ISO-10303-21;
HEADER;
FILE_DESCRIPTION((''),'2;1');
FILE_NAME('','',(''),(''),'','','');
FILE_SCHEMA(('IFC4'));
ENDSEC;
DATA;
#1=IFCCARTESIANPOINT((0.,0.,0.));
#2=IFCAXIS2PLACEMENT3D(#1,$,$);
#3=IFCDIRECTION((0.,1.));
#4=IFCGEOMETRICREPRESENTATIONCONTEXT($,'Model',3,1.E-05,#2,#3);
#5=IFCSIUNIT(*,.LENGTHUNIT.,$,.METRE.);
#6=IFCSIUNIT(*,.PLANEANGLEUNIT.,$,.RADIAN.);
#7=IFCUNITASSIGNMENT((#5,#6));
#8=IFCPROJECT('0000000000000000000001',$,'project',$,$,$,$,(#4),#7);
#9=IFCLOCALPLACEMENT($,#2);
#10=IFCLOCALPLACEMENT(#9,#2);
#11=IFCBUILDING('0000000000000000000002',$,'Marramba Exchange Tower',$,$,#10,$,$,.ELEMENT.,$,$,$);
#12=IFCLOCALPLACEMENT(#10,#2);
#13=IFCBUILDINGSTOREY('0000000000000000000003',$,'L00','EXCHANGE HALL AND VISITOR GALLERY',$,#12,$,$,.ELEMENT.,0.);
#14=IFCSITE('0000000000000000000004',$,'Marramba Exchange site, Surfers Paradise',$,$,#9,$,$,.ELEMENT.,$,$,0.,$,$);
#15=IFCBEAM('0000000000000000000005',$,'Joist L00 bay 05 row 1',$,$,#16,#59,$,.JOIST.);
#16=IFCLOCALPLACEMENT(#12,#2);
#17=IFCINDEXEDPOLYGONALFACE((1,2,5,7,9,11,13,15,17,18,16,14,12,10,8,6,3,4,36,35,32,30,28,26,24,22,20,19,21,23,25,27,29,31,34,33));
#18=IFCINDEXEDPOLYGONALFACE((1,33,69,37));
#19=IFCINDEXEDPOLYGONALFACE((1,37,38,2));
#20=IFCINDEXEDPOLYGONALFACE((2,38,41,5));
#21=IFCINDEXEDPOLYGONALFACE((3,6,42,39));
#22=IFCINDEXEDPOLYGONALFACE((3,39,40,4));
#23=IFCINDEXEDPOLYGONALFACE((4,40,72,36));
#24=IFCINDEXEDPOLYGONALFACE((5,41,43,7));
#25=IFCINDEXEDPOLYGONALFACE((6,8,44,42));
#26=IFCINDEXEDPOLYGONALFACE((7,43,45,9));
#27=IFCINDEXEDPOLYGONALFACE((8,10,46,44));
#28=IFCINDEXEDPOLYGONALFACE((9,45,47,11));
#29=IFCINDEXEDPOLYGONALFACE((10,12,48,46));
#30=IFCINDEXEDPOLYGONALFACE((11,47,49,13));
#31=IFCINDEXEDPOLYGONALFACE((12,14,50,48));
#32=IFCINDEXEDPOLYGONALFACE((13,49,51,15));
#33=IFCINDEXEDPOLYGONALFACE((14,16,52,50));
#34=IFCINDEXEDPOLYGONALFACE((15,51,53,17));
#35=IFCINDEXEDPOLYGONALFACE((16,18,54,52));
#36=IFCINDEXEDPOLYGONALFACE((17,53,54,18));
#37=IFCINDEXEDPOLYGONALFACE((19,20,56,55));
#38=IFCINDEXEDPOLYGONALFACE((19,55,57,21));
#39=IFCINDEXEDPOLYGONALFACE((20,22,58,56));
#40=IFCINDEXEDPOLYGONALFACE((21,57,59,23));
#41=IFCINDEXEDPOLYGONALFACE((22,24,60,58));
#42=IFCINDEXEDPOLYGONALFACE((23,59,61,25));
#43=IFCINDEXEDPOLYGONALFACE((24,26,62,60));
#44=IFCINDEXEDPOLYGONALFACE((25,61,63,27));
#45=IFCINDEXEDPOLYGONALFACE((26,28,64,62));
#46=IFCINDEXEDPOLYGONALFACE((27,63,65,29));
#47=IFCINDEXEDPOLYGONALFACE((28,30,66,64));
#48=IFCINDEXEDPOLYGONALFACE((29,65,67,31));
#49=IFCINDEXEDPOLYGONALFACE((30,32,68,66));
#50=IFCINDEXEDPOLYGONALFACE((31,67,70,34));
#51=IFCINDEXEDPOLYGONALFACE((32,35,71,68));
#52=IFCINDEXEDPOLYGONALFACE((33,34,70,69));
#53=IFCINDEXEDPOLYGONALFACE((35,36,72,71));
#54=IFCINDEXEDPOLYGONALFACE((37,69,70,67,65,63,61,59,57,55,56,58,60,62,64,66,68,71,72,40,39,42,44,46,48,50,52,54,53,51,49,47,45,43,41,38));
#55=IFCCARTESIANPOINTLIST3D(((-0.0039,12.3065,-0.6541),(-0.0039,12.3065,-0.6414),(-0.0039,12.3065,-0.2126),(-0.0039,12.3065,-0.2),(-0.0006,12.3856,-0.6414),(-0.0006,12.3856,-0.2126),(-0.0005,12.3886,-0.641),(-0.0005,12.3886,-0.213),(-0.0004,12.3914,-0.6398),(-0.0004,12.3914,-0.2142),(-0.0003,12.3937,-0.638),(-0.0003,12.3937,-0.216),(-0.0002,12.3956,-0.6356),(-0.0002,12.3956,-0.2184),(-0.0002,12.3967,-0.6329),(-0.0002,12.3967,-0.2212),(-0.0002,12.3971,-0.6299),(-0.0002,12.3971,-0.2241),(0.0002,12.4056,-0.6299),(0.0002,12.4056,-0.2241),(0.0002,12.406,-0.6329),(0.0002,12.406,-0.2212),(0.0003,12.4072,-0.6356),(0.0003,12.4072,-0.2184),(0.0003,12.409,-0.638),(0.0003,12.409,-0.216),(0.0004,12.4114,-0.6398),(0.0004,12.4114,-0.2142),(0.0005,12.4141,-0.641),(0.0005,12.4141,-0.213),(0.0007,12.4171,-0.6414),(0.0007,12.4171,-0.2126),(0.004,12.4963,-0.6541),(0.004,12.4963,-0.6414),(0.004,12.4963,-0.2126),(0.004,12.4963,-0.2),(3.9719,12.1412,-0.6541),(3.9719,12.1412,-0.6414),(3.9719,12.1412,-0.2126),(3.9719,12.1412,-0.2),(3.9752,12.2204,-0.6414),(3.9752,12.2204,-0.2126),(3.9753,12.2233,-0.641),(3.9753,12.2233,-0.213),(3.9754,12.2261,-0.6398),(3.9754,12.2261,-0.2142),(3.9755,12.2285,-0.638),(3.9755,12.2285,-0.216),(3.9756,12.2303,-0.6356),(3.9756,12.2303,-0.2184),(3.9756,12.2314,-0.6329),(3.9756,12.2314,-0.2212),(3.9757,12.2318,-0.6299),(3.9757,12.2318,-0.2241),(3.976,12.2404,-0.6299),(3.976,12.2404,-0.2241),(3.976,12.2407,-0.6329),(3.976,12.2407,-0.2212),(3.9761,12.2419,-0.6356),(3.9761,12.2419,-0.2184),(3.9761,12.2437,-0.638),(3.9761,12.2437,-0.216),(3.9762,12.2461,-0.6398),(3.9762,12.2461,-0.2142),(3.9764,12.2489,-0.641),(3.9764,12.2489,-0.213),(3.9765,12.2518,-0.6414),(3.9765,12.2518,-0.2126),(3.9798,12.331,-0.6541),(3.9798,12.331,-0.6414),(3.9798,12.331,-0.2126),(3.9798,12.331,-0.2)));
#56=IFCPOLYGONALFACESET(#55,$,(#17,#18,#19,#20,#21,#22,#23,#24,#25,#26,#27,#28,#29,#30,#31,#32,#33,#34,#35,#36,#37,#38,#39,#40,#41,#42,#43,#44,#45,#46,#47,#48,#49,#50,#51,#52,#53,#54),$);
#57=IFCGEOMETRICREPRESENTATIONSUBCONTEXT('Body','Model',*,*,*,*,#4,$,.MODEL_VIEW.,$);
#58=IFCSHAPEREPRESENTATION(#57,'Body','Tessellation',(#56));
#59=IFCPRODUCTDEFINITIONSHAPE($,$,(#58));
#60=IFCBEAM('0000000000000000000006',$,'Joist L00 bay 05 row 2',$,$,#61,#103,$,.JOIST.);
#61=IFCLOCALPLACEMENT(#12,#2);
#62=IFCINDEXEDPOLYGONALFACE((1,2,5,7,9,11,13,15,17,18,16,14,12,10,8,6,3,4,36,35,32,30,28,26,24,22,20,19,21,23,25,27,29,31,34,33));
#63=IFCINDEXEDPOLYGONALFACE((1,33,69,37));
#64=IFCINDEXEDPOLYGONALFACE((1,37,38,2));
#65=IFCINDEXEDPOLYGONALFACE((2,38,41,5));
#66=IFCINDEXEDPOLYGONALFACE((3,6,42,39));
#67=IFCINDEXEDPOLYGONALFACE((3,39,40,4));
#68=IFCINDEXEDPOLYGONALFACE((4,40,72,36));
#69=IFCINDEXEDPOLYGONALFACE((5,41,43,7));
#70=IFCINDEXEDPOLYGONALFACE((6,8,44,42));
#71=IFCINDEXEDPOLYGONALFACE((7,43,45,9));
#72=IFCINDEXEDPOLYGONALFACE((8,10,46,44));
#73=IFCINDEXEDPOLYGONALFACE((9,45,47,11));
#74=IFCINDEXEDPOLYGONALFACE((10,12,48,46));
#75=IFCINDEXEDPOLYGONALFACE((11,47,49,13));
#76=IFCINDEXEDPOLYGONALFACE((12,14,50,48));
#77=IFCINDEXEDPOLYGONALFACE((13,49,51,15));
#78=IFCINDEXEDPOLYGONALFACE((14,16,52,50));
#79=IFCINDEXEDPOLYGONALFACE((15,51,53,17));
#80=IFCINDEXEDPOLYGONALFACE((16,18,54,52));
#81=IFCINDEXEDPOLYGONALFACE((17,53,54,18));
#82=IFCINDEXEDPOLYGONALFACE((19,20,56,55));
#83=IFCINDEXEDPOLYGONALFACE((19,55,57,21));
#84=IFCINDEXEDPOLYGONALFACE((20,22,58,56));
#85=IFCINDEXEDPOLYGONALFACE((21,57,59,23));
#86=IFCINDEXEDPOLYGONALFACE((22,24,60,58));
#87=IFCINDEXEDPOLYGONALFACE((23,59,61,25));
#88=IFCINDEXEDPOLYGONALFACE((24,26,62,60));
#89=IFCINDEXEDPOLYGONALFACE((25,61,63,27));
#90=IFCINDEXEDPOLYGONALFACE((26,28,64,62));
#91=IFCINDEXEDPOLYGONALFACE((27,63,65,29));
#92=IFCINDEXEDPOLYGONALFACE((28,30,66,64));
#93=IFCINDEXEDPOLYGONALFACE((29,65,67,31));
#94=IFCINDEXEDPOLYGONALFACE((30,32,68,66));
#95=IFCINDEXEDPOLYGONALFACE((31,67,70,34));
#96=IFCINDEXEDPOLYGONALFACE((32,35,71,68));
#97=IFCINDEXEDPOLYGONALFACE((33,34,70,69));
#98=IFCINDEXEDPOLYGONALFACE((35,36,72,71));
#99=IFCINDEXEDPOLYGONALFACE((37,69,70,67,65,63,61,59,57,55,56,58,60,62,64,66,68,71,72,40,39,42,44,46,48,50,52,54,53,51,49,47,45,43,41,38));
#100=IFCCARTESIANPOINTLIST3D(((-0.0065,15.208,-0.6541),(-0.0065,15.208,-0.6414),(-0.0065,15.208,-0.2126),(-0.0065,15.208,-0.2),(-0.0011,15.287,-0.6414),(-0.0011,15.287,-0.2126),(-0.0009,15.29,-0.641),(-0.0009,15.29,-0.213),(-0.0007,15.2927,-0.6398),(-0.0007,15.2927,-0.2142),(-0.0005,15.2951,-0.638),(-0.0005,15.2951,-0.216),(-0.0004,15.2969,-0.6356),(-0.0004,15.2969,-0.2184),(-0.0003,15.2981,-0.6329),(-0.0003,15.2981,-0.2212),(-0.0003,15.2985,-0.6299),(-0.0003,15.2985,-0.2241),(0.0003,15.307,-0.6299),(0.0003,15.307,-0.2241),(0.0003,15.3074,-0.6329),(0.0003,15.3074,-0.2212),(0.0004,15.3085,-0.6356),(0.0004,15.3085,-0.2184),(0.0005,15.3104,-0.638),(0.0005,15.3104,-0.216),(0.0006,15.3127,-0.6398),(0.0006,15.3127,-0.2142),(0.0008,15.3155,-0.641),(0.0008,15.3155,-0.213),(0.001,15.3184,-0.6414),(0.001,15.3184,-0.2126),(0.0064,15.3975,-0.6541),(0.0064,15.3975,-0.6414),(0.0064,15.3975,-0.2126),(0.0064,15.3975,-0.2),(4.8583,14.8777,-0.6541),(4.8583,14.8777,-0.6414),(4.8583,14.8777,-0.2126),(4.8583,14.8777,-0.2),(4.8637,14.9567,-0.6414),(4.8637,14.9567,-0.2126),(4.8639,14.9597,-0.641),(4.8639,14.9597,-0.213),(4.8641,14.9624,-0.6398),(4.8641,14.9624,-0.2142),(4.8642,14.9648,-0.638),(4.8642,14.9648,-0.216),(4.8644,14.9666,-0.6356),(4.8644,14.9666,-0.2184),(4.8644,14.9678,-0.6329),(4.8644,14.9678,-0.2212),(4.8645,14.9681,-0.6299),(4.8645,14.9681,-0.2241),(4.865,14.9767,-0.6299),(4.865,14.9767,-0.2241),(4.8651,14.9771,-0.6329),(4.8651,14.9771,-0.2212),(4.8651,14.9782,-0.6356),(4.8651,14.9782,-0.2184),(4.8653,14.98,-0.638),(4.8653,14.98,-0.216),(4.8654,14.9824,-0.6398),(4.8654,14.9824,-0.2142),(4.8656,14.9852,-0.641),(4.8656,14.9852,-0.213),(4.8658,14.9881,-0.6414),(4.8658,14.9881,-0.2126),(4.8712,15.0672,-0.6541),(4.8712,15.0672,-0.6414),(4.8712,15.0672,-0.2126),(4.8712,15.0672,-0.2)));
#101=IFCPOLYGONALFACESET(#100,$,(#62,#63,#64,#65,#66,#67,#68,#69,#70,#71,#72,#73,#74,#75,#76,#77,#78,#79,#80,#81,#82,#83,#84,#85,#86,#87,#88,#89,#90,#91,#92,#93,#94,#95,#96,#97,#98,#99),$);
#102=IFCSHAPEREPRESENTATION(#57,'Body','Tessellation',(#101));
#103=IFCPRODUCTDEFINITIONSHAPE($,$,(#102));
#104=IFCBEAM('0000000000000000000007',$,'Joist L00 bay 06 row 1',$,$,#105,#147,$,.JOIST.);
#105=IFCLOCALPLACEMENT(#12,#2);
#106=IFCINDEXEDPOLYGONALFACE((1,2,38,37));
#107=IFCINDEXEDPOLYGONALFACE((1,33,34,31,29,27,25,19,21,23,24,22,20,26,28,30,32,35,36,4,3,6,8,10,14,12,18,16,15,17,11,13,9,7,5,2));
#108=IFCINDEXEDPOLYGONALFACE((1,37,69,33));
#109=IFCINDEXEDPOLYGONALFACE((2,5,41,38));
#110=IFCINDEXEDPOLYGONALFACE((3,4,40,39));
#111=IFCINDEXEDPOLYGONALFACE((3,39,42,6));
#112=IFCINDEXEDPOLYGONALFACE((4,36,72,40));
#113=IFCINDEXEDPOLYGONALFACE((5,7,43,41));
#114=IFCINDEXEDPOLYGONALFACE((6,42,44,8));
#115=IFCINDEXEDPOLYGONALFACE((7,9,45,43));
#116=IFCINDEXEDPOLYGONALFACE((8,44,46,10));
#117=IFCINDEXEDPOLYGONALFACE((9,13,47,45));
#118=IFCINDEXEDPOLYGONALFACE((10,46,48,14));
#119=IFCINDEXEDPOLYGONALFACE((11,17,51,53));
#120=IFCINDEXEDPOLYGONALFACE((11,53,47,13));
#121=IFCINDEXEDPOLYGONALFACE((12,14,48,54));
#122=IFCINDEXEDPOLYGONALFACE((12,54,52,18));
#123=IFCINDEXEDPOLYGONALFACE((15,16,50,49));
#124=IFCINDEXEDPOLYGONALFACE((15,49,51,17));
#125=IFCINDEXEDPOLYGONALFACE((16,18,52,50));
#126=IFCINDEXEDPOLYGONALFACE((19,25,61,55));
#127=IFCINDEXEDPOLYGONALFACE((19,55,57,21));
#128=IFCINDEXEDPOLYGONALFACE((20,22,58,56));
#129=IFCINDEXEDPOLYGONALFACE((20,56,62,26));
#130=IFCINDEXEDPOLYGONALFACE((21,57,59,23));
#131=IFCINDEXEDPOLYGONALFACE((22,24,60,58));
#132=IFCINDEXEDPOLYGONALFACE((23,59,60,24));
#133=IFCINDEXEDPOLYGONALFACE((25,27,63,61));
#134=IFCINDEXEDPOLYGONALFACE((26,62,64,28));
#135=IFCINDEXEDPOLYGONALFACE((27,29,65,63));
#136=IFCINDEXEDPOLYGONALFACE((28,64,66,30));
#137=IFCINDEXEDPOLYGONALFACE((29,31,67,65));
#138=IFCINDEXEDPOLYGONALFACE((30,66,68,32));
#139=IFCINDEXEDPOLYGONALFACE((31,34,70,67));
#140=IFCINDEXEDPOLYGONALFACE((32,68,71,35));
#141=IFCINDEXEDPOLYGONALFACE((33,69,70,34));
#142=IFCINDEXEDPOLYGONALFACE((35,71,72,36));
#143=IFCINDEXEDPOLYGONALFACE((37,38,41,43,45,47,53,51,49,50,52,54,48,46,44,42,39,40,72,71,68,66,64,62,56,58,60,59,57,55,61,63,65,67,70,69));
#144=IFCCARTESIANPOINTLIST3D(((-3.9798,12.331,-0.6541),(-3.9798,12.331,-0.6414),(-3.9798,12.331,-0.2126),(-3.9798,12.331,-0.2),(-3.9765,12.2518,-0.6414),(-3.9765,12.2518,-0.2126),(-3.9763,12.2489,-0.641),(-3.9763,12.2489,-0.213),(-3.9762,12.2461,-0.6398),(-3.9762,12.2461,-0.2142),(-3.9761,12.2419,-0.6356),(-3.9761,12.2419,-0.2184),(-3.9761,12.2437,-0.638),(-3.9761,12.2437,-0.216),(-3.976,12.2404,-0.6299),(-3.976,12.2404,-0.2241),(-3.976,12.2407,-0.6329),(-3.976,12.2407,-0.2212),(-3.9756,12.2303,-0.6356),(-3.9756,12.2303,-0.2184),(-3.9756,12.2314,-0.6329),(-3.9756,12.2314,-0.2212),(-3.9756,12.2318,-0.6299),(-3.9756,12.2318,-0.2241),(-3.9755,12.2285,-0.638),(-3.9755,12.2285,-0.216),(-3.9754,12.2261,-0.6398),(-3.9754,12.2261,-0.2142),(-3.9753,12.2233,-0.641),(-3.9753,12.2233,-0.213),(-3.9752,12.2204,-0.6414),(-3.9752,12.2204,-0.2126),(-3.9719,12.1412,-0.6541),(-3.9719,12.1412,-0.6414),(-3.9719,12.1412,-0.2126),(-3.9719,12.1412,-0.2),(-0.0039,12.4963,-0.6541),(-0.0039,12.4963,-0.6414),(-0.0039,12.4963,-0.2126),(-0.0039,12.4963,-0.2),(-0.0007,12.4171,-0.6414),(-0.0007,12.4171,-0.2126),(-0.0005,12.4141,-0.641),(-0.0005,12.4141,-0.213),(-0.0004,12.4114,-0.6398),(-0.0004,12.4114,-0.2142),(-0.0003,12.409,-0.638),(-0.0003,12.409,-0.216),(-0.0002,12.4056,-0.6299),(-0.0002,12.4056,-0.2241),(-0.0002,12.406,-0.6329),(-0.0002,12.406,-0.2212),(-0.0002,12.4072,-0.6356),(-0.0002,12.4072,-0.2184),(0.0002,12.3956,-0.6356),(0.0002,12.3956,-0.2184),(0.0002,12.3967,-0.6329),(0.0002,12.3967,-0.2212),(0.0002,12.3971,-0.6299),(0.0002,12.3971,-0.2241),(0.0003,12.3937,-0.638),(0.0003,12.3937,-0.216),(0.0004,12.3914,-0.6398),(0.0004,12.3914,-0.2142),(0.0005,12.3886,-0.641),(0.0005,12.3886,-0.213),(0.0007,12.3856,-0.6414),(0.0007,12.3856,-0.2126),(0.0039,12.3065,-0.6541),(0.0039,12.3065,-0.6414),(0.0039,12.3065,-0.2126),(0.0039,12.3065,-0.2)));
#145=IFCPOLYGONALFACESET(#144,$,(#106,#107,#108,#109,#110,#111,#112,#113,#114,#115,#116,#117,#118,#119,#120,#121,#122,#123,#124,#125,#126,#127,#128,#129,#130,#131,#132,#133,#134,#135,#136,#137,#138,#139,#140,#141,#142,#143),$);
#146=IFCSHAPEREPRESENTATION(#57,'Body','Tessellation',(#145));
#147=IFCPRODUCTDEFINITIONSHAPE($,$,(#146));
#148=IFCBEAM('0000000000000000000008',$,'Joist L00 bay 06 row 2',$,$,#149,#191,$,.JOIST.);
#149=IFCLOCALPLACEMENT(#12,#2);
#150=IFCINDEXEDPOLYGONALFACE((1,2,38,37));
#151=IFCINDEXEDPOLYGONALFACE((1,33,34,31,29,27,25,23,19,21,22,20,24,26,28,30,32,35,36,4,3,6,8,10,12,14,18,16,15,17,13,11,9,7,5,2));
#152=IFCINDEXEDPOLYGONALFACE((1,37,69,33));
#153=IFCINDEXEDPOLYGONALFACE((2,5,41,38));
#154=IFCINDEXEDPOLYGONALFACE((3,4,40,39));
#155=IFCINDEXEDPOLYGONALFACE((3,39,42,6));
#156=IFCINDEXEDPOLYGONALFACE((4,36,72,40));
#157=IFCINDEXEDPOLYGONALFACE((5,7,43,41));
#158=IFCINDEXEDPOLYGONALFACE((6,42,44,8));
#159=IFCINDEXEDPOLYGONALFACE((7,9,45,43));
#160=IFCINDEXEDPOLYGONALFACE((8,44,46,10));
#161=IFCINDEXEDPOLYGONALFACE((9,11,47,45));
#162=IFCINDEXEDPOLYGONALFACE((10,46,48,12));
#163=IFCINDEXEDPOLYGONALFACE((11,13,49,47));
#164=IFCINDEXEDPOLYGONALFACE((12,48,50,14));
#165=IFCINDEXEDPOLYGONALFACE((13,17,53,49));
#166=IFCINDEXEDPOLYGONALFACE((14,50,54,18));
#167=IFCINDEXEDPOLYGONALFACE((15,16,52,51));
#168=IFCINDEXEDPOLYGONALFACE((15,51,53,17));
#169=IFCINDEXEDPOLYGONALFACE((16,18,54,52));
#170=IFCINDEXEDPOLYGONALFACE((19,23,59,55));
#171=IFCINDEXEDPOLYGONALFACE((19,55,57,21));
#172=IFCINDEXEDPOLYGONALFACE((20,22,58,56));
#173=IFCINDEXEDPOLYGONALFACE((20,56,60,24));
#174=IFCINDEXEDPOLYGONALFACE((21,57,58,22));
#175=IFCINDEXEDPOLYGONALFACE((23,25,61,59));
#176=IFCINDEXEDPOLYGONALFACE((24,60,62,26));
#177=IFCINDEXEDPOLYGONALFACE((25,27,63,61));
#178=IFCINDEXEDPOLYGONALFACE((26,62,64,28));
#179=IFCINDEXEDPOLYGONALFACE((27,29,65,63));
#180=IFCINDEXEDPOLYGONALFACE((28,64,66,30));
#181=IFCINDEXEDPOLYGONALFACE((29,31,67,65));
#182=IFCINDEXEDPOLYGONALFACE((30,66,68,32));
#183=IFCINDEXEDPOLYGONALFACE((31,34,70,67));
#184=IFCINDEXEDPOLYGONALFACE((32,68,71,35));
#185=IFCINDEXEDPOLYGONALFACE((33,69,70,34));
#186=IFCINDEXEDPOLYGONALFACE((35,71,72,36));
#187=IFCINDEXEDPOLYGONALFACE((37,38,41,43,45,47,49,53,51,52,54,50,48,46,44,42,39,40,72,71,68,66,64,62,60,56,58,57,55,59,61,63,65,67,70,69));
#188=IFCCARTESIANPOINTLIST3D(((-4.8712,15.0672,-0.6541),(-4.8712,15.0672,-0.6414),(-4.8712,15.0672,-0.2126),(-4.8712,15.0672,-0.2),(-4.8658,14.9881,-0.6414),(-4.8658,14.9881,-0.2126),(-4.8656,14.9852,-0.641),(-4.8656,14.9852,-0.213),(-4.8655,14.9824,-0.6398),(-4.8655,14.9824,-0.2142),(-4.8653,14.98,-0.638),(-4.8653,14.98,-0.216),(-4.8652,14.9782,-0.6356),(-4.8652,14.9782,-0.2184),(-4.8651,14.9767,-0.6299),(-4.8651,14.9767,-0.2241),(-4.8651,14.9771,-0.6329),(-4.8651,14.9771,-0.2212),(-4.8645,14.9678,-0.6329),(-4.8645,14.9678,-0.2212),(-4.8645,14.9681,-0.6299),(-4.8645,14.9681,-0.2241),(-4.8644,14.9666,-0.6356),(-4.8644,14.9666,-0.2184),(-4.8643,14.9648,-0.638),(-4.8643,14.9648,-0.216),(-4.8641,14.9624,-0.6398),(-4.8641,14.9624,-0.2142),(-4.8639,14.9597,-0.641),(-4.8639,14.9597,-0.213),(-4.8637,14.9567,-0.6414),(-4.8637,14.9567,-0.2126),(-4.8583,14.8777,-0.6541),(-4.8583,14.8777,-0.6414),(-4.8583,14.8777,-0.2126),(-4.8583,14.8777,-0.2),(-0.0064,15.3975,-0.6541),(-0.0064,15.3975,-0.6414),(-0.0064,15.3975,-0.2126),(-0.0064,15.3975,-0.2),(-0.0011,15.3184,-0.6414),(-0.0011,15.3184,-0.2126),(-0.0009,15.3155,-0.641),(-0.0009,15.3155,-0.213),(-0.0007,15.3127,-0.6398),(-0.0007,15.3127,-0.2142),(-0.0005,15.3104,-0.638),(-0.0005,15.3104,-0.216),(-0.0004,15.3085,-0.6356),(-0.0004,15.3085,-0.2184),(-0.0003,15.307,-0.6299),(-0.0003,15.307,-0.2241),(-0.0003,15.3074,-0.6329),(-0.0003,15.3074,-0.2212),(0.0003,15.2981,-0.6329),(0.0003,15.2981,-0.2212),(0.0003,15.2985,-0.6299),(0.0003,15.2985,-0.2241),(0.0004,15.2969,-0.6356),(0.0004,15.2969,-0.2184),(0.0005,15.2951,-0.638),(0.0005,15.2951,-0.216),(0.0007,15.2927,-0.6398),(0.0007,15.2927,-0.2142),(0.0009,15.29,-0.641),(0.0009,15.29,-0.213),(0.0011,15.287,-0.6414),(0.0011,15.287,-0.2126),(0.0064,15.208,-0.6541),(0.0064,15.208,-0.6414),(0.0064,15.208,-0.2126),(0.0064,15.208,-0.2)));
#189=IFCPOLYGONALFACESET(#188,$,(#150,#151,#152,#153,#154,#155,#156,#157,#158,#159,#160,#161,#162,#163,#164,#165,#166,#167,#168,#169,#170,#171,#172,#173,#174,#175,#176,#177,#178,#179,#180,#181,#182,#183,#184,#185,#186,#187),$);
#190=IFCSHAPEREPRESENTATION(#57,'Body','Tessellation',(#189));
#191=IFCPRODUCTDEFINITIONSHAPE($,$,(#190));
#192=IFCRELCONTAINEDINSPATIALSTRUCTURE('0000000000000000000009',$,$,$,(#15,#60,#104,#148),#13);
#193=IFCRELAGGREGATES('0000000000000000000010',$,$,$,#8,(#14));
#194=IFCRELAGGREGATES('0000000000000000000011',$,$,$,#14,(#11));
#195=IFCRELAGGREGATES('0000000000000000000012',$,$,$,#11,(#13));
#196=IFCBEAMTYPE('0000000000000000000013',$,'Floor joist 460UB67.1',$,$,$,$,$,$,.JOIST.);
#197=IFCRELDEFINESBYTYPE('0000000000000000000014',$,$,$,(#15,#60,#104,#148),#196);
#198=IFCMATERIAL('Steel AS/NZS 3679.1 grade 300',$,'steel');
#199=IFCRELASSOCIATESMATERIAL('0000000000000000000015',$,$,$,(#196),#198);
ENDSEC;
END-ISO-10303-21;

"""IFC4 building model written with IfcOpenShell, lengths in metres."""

from ifc_helpers import new_model, si_unit, direction, frame, origin, origin_2d, place, context, subcontext, project, spatial, i_section, extrude, material, material_profile, profile_set, type_object, element, save


model = new_model("IFC4")

# Units and contexts
model_context = context("Model", 3, precision=1e-05, world=origin(), true_north=direction((0.0, 1.0)))
body_context = subcontext(model_context, "Body", "Model", "MODEL_VIEW")
ifc_project = project(units=[si_unit("LENGTHUNIT", "METRE"), si_unit("PLANEANGLEUNIT", "RADIAN")], contexts=[model_context])

# Site, building, storey
site_placement = place(None, origin())
site = spatial("IfcSite", under=ifc_project, at=site_placement, Name="Marramba Exchange site, Surfers Paradise", CompositionType="ELEMENT", RefElevation=0.0)
building_placement = place(site_placement, origin())
building = spatial("IfcBuilding", under=site, at=building_placement, Name="Marramba Exchange Tower", CompositionType="ELEMENT")
storey_placement = place(building_placement, origin())
storey = spatial("IfcBuildingStorey", under=building, at=storey_placement, Name="L00", Description="EXCHANGE HALL AND VISITOR GALLERY", CompositionType="ELEMENT", Elevation=0.0)

# Beams
ifc_material_1 = material(Name="Steel AS/NZS 3679.1 grade 300", Category="steel")
ifc_material_profile_1 = material_profile(ifc_material_1, i_section(OverallWidth=0.1899, OverallDepth=0.4541, WebThickness=0.0085, FlangeThickness=0.0127, FilletRadius=0.0115, at=origin_2d()), Name="460UB67.1")
ifc_profile_set_1 = profile_set([ifc_material_profile_1], Name="Steel AS/NZS 3679.1 grade 300")
beam_type_1 = type_object("IfcBeamType", Name="Floor joist 460UB67.1", PredefinedType="JOIST", material=ifc_profile_set_1)
beam_1_placement = place(storey_placement, frame((3.9758, 12.2361, -0.427), z_axis=(-0.999137, 0.041536, 0.0), x_axis=(-0.041536, -0.999137, 0.0)))
element("IfcBeam", 1, at=beam_1_placement, inside=storey, type_object=beam_type_1, Name="Joist L00 bay 05 row 1", PredefinedType="JOIST", context=body_context, shape_type="SweptSolid", body=[
    extrude(i_section(OverallWidth=0.1899, OverallDepth=0.4541, WebThickness=0.0085, FlangeThickness=0.0127, FilletRadius=0.0115, at=origin_2d()), origin(), (0.0, 0.0, 1.0), 3.9792),
])
beam_2_placement = place(storey_placement, frame((4.8647, 14.9724, -0.427), z_axis=(-0.997703, 0.067745, 0.0), x_axis=(-0.067745, -0.997703, 0.0)))
element("IfcBeam", 2, at=beam_2_placement, inside=storey, type_object=beam_type_1, Name="Joist L00 bay 05 row 2", PredefinedType="JOIST", context=body_context, shape_type="SweptSolid", body=[
    extrude(i_section(OverallWidth=0.1899, OverallDepth=0.4541, WebThickness=0.0085, FlangeThickness=0.0127, FilletRadius=0.0115, at=origin_2d()), origin(), (0.0, 0.0, 1.0), 4.876),
])
beam_3_placement = place(storey_placement, frame((0.0, 12.4014, -0.427), z_axis=(-0.999137, -0.041536, 0.0), x_axis=(0.041536, -0.999137, 0.0)))
element("IfcBeam", 3, at=beam_3_placement, inside=storey, type_object=beam_type_1, Name="Joist L00 bay 06 row 1", PredefinedType="JOIST", context=body_context, shape_type="SweptSolid", body=[
    extrude(i_section(OverallWidth=0.1899, OverallDepth=0.4541, WebThickness=0.0085, FlangeThickness=0.0127, FilletRadius=0.0115, at=origin_2d()), origin(), (0.0, 0.0, 1.0), 3.9792),
])
beam_4_placement = place(storey_placement, frame((0.0, 15.3027, -0.427), z_axis=(-0.997703, -0.067745, 0.0), x_axis=(0.067745, -0.997703, 0.0)))
element("IfcBeam", 4, at=beam_4_placement, inside=storey, type_object=beam_type_1, Name="Joist L00 bay 06 row 2", PredefinedType="JOIST", context=body_context, shape_type="SweptSolid", body=[
    extrude(i_section(OverallWidth=0.1899, OverallDepth=0.4541, WebThickness=0.0085, FlangeThickness=0.0127, FilletRadius=0.0115, at=origin_2d()), origin(), (0.0, 0.0, 1.0), 4.876),
])

save(model, "model.ifc")
